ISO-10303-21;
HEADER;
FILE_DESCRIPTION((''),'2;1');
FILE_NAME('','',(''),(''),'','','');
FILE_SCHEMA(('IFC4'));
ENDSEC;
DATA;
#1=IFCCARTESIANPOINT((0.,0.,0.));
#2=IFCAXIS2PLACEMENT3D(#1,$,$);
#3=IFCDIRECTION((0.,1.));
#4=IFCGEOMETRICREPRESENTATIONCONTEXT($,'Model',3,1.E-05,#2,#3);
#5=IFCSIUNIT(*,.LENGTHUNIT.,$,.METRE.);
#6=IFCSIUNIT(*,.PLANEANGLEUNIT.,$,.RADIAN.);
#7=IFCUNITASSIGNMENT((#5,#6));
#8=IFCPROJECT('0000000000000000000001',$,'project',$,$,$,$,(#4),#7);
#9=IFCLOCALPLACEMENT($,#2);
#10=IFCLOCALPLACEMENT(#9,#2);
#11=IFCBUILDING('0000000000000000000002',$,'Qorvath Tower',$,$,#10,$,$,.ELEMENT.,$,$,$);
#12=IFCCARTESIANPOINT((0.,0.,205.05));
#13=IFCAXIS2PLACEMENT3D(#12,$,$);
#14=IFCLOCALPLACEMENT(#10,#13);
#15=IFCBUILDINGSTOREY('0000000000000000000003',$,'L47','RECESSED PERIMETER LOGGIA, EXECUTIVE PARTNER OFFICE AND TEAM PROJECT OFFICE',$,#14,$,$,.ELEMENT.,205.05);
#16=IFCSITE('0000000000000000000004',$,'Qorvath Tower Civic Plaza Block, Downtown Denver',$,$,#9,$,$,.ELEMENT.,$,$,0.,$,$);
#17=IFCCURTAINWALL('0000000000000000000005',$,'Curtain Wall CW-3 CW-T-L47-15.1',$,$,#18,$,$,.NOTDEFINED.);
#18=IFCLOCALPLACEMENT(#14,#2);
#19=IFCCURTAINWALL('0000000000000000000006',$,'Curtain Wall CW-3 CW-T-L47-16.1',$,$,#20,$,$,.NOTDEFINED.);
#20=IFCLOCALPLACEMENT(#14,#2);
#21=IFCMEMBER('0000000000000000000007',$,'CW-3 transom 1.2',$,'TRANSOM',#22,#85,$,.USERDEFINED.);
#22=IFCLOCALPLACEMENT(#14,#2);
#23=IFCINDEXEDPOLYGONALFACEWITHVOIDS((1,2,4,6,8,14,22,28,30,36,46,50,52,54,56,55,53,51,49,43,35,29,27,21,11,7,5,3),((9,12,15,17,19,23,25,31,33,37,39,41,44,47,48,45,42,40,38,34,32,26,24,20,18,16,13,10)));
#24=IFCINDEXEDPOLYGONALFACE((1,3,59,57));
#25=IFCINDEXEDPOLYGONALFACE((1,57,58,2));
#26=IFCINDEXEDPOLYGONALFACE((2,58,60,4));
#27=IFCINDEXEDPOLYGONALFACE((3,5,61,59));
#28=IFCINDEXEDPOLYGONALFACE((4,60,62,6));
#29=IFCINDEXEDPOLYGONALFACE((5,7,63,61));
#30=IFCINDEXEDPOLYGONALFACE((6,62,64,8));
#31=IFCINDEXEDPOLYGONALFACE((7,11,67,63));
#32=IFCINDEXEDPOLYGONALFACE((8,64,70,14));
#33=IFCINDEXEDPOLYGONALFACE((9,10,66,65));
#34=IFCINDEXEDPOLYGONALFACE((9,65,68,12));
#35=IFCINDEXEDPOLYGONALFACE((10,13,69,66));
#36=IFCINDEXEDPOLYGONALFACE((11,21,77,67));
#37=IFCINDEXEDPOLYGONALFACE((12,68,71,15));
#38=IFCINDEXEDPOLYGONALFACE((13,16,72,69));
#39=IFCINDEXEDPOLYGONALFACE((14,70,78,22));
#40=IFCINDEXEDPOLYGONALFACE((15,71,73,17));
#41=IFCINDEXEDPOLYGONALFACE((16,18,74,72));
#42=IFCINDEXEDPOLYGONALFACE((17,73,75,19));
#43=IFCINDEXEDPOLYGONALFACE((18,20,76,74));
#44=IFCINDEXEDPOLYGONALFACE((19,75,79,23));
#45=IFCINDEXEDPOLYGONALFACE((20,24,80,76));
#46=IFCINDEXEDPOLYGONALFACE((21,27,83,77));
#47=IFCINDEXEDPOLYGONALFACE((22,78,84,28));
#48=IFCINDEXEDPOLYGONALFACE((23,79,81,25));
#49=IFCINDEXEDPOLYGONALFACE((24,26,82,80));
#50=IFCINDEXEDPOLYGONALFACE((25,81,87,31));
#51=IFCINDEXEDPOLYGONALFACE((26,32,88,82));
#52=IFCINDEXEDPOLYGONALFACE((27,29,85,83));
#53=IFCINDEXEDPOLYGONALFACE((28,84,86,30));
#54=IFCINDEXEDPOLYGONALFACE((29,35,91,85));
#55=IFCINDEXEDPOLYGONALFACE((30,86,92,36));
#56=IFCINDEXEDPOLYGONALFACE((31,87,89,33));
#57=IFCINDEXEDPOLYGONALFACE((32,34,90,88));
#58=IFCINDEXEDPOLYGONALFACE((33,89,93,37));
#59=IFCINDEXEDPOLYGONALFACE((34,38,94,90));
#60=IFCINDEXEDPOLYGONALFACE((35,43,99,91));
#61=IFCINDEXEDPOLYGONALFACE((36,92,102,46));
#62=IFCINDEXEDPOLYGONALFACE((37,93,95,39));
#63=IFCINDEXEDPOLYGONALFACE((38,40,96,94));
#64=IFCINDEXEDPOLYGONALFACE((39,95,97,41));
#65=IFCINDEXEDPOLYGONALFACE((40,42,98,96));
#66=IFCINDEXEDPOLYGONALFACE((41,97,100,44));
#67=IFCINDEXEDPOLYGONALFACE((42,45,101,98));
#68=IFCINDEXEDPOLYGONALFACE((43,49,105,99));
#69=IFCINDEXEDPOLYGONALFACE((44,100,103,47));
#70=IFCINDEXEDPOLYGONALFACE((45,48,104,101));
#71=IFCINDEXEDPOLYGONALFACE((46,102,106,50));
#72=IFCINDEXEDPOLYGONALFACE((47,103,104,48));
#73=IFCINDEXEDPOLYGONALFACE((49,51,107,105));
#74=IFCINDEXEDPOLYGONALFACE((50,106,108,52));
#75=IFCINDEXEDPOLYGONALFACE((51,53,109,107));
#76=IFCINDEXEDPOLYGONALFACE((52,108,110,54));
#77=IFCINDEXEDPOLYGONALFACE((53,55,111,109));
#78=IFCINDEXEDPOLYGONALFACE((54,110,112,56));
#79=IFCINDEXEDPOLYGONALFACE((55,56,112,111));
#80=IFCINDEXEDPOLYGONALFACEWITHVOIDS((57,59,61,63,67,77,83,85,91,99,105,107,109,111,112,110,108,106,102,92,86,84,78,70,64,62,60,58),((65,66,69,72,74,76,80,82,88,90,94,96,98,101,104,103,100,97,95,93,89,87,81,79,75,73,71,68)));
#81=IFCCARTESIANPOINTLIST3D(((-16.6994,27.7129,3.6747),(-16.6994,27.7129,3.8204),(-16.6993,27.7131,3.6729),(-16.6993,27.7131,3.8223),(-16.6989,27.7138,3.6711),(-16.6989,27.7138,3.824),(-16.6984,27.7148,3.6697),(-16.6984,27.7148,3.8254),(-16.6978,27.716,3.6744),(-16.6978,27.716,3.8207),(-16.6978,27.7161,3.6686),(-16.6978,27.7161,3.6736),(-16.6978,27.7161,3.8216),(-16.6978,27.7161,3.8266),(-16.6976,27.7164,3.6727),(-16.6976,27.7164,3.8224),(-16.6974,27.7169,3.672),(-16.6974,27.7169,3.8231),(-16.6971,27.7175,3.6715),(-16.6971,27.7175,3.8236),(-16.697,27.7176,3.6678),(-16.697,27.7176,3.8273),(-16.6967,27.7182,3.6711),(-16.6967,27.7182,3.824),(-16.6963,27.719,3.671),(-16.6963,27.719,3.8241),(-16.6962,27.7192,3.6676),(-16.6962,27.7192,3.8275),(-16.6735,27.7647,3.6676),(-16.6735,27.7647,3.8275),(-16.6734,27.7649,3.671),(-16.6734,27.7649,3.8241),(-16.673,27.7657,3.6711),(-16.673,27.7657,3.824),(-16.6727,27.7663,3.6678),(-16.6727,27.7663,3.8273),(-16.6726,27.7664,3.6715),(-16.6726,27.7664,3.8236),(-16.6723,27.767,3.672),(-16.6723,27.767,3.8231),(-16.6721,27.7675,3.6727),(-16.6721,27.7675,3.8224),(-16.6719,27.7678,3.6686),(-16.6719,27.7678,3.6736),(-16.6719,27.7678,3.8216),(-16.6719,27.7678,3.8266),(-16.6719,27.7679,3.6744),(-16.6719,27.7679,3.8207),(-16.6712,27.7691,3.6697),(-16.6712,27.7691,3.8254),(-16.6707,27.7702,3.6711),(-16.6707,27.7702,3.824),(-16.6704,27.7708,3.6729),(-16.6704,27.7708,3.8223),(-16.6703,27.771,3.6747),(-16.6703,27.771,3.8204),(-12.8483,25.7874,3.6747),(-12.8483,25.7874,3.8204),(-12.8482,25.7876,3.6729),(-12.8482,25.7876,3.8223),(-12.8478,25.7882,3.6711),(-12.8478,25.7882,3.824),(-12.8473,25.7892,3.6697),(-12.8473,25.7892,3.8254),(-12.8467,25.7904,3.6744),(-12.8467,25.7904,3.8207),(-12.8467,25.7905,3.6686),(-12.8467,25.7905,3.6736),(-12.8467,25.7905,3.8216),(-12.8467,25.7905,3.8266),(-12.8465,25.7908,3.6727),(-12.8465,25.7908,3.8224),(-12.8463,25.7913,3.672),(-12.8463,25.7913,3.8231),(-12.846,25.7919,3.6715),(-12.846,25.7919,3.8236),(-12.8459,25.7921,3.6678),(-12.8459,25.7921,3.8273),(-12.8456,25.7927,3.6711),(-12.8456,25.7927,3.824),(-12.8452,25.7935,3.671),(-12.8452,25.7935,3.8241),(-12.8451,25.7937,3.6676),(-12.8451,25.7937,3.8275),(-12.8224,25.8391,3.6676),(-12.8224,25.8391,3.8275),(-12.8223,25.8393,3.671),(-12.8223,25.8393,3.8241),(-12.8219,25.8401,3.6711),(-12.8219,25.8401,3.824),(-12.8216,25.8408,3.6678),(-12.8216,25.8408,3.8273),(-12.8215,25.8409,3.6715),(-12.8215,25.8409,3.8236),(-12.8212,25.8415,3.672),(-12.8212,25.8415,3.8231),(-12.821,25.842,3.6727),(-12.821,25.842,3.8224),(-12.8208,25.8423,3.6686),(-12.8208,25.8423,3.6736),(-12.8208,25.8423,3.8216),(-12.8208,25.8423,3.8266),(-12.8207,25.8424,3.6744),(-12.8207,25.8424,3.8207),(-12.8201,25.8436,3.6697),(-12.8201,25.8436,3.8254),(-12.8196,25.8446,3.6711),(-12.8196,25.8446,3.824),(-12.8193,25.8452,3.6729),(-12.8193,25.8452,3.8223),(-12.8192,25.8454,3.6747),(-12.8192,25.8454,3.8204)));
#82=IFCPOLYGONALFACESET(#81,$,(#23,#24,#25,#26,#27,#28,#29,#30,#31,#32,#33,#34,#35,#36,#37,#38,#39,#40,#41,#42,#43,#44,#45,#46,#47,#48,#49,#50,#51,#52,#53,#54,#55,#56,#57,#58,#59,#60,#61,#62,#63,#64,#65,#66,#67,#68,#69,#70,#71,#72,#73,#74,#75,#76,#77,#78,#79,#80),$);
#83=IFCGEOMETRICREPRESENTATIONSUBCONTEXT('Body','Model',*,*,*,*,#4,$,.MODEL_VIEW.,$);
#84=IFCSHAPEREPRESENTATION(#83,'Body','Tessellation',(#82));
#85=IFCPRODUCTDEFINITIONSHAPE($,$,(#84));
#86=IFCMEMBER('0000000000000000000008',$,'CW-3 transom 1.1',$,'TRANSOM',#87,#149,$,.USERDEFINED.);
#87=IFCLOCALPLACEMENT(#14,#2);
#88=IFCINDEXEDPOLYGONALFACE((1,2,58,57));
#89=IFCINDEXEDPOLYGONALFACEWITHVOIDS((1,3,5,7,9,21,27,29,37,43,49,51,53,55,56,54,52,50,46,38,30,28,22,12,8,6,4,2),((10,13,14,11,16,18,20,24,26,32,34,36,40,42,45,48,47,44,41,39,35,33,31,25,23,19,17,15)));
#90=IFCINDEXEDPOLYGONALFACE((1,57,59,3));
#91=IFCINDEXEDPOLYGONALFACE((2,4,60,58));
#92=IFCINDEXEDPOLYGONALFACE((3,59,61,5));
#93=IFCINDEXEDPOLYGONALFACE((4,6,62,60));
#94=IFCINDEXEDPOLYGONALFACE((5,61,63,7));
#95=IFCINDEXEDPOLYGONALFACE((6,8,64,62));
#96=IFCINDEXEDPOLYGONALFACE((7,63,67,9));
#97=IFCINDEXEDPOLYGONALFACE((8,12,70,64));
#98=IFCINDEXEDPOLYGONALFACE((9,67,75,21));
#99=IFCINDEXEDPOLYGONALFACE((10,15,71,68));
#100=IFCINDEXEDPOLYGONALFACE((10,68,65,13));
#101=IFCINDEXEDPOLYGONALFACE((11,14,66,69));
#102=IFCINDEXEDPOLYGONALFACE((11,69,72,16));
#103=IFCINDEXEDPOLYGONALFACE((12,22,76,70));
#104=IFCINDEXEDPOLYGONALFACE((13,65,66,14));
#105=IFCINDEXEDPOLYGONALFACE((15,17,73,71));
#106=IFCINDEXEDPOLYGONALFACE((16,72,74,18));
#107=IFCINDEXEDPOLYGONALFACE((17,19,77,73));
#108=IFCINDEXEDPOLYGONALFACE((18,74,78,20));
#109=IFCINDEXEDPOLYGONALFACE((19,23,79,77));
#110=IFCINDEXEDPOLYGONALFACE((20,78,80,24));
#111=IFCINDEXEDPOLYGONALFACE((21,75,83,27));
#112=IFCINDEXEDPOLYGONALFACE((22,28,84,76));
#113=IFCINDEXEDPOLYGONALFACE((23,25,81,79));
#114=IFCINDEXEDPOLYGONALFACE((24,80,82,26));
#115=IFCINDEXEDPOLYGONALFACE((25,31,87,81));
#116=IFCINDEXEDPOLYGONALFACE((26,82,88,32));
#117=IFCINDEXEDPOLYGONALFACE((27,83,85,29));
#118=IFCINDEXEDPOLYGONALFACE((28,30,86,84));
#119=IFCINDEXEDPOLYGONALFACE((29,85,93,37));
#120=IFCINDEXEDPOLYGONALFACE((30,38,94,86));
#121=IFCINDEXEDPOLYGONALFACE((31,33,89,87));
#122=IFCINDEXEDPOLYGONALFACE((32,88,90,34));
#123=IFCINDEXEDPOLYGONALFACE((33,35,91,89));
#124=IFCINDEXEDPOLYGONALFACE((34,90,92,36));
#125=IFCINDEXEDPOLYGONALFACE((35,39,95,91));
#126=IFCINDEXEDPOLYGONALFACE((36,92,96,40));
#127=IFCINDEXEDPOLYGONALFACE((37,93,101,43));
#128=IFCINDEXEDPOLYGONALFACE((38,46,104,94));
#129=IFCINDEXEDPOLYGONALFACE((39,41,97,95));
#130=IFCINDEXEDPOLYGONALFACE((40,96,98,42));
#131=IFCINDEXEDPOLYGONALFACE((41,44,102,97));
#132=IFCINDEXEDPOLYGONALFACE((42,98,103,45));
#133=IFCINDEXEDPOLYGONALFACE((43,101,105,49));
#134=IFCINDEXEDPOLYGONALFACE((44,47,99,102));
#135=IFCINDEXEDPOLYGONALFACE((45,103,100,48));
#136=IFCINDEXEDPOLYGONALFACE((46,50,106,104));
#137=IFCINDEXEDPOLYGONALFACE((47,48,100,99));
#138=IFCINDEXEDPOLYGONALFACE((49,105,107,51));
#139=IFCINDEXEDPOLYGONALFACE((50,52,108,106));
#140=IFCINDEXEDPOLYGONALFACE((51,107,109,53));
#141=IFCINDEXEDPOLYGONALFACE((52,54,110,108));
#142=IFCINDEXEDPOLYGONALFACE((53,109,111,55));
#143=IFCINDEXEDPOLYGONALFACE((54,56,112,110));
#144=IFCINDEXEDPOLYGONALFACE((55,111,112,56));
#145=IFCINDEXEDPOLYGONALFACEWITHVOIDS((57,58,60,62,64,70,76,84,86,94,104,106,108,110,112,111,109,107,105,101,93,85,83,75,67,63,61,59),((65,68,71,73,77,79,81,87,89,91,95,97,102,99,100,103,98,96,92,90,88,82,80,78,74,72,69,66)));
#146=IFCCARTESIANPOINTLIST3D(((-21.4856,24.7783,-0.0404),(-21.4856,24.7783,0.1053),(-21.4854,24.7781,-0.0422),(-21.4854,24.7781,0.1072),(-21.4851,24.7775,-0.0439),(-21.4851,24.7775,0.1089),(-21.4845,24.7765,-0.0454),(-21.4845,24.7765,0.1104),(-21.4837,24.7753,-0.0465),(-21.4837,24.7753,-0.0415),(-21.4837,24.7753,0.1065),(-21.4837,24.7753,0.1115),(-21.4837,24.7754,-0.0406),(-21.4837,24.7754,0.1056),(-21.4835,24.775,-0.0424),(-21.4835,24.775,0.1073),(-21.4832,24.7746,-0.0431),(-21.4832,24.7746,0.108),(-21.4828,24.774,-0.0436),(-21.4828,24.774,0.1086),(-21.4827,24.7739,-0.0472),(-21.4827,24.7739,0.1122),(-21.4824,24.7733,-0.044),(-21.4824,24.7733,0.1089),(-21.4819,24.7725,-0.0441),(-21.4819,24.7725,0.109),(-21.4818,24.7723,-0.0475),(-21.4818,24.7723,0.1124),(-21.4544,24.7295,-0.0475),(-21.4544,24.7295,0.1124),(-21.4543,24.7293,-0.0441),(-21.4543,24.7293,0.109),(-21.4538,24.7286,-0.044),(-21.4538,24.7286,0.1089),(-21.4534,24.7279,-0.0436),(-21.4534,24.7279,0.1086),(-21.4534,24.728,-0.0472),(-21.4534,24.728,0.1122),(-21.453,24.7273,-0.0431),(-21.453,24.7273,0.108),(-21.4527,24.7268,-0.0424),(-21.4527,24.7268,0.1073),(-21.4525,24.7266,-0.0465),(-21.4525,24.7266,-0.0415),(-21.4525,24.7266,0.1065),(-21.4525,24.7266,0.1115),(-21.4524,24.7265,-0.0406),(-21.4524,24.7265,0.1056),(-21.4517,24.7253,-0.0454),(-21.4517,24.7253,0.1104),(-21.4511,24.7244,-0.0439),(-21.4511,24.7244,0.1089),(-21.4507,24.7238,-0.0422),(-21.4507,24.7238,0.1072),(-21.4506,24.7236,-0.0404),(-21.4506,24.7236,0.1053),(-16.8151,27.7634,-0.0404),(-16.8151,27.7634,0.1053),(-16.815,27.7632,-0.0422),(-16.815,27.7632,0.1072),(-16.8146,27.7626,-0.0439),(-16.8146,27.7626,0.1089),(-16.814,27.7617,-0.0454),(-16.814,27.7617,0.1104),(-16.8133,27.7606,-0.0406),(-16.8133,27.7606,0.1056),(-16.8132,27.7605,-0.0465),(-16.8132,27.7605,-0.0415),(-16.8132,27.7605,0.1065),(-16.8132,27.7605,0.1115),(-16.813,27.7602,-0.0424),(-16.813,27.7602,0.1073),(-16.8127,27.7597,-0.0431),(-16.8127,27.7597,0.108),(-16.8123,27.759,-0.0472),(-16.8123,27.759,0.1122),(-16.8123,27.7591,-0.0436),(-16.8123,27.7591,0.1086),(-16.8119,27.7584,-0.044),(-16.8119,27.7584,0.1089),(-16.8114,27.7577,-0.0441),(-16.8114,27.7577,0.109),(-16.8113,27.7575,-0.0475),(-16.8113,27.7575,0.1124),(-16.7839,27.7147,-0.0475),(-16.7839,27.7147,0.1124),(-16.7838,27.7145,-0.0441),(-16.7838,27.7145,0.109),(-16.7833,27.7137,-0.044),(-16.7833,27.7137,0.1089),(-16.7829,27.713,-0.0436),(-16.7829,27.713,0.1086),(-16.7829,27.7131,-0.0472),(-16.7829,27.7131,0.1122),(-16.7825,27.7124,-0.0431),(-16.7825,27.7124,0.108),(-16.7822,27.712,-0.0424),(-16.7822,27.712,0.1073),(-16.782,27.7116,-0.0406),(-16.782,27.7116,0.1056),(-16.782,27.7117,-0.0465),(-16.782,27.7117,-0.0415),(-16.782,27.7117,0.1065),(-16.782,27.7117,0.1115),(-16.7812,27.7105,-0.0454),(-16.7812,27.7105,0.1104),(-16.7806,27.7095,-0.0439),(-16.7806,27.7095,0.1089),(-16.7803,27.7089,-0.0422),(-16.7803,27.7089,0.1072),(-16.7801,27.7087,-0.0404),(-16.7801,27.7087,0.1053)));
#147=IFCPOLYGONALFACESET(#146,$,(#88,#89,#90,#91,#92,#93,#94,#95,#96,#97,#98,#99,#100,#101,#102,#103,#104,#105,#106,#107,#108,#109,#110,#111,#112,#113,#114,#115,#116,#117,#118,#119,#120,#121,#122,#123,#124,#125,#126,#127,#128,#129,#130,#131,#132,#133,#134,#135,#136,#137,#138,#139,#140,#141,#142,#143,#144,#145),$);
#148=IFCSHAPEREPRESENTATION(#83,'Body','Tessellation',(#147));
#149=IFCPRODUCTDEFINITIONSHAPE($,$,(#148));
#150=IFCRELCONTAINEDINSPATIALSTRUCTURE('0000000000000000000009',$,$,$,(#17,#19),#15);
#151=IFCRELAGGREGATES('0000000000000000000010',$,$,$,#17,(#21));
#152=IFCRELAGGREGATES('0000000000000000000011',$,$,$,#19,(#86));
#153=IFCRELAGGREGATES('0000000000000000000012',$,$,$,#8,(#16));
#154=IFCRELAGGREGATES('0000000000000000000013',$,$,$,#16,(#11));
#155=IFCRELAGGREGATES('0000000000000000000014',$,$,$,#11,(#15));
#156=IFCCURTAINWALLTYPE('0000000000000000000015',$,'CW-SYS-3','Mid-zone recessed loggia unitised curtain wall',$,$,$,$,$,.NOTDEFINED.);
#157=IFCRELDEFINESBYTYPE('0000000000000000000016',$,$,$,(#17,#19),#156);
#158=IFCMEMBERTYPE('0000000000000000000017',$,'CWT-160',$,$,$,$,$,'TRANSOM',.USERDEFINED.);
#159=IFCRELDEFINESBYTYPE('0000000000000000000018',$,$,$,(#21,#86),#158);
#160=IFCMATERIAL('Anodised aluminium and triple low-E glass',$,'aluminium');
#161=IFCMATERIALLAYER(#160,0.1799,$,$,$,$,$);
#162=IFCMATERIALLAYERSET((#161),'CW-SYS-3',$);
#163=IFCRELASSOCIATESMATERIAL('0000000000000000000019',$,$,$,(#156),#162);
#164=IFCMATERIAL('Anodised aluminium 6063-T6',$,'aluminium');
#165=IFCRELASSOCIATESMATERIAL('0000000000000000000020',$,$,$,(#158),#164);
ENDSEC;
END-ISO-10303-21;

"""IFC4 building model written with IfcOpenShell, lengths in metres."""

from ifc_helpers import new_model, si_unit, direction, frame, origin, origin_2d, place, context, subcontext, project, spatial, hollow_rectangle, extrude, material, layer, layer_set, material_profile, profile_set, type_object, element, aggregate, save


model = new_model("IFC4")

# Units and contexts
model_context = context("Model", 3, precision=1e-05, world=origin(), true_north=direction((0.0, 1.0)))
body_context = subcontext(model_context, "Body", "Model", "MODEL_VIEW")
ifc_project = project(units=[si_unit("LENGTHUNIT", "METRE"), si_unit("PLANEANGLEUNIT", "RADIAN")], contexts=[model_context])

# Site, building, storey
site_placement = place(None, origin())
site = spatial("IfcSite", under=ifc_project, at=site_placement, Name="Qorvath Tower Civic Plaza Block, Downtown Denver", CompositionType="ELEMENT", RefElevation=0.0)
building_placement = place(site_placement, origin())
building = spatial("IfcBuilding", under=site, at=building_placement, Name="Qorvath Tower", CompositionType="ELEMENT")
storey_placement = place(building_placement, frame((0.0, 0.0, 205.05)))
storey = spatial("IfcBuildingStorey", under=building, at=storey_placement, Name="L47", Description="RECESSED PERIMETER LOGGIA, EXECUTIVE PARTNER OFFICE AND TEAM PROJECT OFFICE", CompositionType="ELEMENT", Elevation=205.05)

# Curtain walls
ifc_material_1 = material(Name="Anodised aluminium and triple low-E glass", Category="aluminium")
ifc_layer_1 = layer(ifc_material_1, 0.1799)
ifc_layer_set_1 = layer_set([ifc_layer_1], Name="CW-SYS-3")
curtain_wall_type = type_object("IfcCurtainWallType", Name="CW-SYS-3", Description="Mid-zone recessed loggia unitised curtain wall", PredefinedType="NOTDEFINED", material=ifc_layer_set_1)
curtain_wall_1_placement = place(storey_placement, origin())
curtain_wall_1 = element("IfcCurtainWall", 1, at=curtain_wall_1_placement, inside=storey, type_object=curtain_wall_type, Name="Curtain Wall CW-3 CW-T-L47-15.1", PredefinedType="NOTDEFINED")
curtain_wall_2_placement = place(storey_placement, origin())
curtain_wall_2 = element("IfcCurtainWall", 2, at=curtain_wall_2_placement, inside=storey, type_object=curtain_wall_type, Name="Curtain Wall CW-3 CW-T-L47-16.1", PredefinedType="NOTDEFINED")

# Members
ifc_material_2 = material(Name="Anodised aluminium 6063-T6", Category="aluminium")
ifc_material_profile_1 = material_profile(ifc_material_2, hollow_rectangle(XDim=0.0649, YDim=0.1599, WallThickness=0.0034, InnerFilletRadius=0.0034, OuterFilletRadius=0.0071, at=origin_2d()), Name="CWT 160x65")
ifc_profile_set_1 = profile_set([ifc_material_profile_1], Name="Anodised aluminium 6063-T6")
member_type_1 = type_object("IfcMemberType", Name="CWT-160", ElementType="TRANSOM", PredefinedType="USERDEFINED", material=ifc_profile_set_1)
member_1_placement = place(storey_placement, frame((-12.8337, 25.8164, 3.7476), z_axis=(-0.894427, 0.447214, 0.0), x_axis=(-0.447214, -0.894427, 0.0)))
member_1 = element("IfcMember", 3, at=member_1_placement, type_object=member_type_1, Name="CW-3 transom 1.2", ObjectType="TRANSOM", PredefinedType="USERDEFINED", context=body_context, shape_type="SweptSolid", body=[
    extrude(hollow_rectangle(XDim=0.0649, YDim=0.1599, WallThickness=0.0034, InnerFilletRadius=0.0034, OuterFilletRadius=0.0071, at=origin_2d()), origin(), (0.0, 0.0, 1.0), 4.3057),
])
member_2_placement = place(storey_placement, frame((-16.7976, 27.7361, 0.0325), z_axis=(-0.842595, -0.538547, 0.0), x_axis=(0.538547, -0.842595, 0.0)))
member_2 = element("IfcMember", 4, at=member_2_placement, type_object=member_type_1, Name="CW-3 transom 1.1", ObjectType="TRANSOM", PredefinedType="USERDEFINED", context=body_context, shape_type="SweptSolid", body=[
    extrude(hollow_rectangle(XDim=0.0649, YDim=0.1599, WallThickness=0.0034, InnerFilletRadius=0.0034, OuterFilletRadius=0.0071, at=origin_2d()), origin(), (0.0, 0.0, 1.0), 5.543),
])

aggregate(curtain_wall_1, [member_1])
aggregate(curtain_wall_2, [member_2])

save(model, "model.ifc")
